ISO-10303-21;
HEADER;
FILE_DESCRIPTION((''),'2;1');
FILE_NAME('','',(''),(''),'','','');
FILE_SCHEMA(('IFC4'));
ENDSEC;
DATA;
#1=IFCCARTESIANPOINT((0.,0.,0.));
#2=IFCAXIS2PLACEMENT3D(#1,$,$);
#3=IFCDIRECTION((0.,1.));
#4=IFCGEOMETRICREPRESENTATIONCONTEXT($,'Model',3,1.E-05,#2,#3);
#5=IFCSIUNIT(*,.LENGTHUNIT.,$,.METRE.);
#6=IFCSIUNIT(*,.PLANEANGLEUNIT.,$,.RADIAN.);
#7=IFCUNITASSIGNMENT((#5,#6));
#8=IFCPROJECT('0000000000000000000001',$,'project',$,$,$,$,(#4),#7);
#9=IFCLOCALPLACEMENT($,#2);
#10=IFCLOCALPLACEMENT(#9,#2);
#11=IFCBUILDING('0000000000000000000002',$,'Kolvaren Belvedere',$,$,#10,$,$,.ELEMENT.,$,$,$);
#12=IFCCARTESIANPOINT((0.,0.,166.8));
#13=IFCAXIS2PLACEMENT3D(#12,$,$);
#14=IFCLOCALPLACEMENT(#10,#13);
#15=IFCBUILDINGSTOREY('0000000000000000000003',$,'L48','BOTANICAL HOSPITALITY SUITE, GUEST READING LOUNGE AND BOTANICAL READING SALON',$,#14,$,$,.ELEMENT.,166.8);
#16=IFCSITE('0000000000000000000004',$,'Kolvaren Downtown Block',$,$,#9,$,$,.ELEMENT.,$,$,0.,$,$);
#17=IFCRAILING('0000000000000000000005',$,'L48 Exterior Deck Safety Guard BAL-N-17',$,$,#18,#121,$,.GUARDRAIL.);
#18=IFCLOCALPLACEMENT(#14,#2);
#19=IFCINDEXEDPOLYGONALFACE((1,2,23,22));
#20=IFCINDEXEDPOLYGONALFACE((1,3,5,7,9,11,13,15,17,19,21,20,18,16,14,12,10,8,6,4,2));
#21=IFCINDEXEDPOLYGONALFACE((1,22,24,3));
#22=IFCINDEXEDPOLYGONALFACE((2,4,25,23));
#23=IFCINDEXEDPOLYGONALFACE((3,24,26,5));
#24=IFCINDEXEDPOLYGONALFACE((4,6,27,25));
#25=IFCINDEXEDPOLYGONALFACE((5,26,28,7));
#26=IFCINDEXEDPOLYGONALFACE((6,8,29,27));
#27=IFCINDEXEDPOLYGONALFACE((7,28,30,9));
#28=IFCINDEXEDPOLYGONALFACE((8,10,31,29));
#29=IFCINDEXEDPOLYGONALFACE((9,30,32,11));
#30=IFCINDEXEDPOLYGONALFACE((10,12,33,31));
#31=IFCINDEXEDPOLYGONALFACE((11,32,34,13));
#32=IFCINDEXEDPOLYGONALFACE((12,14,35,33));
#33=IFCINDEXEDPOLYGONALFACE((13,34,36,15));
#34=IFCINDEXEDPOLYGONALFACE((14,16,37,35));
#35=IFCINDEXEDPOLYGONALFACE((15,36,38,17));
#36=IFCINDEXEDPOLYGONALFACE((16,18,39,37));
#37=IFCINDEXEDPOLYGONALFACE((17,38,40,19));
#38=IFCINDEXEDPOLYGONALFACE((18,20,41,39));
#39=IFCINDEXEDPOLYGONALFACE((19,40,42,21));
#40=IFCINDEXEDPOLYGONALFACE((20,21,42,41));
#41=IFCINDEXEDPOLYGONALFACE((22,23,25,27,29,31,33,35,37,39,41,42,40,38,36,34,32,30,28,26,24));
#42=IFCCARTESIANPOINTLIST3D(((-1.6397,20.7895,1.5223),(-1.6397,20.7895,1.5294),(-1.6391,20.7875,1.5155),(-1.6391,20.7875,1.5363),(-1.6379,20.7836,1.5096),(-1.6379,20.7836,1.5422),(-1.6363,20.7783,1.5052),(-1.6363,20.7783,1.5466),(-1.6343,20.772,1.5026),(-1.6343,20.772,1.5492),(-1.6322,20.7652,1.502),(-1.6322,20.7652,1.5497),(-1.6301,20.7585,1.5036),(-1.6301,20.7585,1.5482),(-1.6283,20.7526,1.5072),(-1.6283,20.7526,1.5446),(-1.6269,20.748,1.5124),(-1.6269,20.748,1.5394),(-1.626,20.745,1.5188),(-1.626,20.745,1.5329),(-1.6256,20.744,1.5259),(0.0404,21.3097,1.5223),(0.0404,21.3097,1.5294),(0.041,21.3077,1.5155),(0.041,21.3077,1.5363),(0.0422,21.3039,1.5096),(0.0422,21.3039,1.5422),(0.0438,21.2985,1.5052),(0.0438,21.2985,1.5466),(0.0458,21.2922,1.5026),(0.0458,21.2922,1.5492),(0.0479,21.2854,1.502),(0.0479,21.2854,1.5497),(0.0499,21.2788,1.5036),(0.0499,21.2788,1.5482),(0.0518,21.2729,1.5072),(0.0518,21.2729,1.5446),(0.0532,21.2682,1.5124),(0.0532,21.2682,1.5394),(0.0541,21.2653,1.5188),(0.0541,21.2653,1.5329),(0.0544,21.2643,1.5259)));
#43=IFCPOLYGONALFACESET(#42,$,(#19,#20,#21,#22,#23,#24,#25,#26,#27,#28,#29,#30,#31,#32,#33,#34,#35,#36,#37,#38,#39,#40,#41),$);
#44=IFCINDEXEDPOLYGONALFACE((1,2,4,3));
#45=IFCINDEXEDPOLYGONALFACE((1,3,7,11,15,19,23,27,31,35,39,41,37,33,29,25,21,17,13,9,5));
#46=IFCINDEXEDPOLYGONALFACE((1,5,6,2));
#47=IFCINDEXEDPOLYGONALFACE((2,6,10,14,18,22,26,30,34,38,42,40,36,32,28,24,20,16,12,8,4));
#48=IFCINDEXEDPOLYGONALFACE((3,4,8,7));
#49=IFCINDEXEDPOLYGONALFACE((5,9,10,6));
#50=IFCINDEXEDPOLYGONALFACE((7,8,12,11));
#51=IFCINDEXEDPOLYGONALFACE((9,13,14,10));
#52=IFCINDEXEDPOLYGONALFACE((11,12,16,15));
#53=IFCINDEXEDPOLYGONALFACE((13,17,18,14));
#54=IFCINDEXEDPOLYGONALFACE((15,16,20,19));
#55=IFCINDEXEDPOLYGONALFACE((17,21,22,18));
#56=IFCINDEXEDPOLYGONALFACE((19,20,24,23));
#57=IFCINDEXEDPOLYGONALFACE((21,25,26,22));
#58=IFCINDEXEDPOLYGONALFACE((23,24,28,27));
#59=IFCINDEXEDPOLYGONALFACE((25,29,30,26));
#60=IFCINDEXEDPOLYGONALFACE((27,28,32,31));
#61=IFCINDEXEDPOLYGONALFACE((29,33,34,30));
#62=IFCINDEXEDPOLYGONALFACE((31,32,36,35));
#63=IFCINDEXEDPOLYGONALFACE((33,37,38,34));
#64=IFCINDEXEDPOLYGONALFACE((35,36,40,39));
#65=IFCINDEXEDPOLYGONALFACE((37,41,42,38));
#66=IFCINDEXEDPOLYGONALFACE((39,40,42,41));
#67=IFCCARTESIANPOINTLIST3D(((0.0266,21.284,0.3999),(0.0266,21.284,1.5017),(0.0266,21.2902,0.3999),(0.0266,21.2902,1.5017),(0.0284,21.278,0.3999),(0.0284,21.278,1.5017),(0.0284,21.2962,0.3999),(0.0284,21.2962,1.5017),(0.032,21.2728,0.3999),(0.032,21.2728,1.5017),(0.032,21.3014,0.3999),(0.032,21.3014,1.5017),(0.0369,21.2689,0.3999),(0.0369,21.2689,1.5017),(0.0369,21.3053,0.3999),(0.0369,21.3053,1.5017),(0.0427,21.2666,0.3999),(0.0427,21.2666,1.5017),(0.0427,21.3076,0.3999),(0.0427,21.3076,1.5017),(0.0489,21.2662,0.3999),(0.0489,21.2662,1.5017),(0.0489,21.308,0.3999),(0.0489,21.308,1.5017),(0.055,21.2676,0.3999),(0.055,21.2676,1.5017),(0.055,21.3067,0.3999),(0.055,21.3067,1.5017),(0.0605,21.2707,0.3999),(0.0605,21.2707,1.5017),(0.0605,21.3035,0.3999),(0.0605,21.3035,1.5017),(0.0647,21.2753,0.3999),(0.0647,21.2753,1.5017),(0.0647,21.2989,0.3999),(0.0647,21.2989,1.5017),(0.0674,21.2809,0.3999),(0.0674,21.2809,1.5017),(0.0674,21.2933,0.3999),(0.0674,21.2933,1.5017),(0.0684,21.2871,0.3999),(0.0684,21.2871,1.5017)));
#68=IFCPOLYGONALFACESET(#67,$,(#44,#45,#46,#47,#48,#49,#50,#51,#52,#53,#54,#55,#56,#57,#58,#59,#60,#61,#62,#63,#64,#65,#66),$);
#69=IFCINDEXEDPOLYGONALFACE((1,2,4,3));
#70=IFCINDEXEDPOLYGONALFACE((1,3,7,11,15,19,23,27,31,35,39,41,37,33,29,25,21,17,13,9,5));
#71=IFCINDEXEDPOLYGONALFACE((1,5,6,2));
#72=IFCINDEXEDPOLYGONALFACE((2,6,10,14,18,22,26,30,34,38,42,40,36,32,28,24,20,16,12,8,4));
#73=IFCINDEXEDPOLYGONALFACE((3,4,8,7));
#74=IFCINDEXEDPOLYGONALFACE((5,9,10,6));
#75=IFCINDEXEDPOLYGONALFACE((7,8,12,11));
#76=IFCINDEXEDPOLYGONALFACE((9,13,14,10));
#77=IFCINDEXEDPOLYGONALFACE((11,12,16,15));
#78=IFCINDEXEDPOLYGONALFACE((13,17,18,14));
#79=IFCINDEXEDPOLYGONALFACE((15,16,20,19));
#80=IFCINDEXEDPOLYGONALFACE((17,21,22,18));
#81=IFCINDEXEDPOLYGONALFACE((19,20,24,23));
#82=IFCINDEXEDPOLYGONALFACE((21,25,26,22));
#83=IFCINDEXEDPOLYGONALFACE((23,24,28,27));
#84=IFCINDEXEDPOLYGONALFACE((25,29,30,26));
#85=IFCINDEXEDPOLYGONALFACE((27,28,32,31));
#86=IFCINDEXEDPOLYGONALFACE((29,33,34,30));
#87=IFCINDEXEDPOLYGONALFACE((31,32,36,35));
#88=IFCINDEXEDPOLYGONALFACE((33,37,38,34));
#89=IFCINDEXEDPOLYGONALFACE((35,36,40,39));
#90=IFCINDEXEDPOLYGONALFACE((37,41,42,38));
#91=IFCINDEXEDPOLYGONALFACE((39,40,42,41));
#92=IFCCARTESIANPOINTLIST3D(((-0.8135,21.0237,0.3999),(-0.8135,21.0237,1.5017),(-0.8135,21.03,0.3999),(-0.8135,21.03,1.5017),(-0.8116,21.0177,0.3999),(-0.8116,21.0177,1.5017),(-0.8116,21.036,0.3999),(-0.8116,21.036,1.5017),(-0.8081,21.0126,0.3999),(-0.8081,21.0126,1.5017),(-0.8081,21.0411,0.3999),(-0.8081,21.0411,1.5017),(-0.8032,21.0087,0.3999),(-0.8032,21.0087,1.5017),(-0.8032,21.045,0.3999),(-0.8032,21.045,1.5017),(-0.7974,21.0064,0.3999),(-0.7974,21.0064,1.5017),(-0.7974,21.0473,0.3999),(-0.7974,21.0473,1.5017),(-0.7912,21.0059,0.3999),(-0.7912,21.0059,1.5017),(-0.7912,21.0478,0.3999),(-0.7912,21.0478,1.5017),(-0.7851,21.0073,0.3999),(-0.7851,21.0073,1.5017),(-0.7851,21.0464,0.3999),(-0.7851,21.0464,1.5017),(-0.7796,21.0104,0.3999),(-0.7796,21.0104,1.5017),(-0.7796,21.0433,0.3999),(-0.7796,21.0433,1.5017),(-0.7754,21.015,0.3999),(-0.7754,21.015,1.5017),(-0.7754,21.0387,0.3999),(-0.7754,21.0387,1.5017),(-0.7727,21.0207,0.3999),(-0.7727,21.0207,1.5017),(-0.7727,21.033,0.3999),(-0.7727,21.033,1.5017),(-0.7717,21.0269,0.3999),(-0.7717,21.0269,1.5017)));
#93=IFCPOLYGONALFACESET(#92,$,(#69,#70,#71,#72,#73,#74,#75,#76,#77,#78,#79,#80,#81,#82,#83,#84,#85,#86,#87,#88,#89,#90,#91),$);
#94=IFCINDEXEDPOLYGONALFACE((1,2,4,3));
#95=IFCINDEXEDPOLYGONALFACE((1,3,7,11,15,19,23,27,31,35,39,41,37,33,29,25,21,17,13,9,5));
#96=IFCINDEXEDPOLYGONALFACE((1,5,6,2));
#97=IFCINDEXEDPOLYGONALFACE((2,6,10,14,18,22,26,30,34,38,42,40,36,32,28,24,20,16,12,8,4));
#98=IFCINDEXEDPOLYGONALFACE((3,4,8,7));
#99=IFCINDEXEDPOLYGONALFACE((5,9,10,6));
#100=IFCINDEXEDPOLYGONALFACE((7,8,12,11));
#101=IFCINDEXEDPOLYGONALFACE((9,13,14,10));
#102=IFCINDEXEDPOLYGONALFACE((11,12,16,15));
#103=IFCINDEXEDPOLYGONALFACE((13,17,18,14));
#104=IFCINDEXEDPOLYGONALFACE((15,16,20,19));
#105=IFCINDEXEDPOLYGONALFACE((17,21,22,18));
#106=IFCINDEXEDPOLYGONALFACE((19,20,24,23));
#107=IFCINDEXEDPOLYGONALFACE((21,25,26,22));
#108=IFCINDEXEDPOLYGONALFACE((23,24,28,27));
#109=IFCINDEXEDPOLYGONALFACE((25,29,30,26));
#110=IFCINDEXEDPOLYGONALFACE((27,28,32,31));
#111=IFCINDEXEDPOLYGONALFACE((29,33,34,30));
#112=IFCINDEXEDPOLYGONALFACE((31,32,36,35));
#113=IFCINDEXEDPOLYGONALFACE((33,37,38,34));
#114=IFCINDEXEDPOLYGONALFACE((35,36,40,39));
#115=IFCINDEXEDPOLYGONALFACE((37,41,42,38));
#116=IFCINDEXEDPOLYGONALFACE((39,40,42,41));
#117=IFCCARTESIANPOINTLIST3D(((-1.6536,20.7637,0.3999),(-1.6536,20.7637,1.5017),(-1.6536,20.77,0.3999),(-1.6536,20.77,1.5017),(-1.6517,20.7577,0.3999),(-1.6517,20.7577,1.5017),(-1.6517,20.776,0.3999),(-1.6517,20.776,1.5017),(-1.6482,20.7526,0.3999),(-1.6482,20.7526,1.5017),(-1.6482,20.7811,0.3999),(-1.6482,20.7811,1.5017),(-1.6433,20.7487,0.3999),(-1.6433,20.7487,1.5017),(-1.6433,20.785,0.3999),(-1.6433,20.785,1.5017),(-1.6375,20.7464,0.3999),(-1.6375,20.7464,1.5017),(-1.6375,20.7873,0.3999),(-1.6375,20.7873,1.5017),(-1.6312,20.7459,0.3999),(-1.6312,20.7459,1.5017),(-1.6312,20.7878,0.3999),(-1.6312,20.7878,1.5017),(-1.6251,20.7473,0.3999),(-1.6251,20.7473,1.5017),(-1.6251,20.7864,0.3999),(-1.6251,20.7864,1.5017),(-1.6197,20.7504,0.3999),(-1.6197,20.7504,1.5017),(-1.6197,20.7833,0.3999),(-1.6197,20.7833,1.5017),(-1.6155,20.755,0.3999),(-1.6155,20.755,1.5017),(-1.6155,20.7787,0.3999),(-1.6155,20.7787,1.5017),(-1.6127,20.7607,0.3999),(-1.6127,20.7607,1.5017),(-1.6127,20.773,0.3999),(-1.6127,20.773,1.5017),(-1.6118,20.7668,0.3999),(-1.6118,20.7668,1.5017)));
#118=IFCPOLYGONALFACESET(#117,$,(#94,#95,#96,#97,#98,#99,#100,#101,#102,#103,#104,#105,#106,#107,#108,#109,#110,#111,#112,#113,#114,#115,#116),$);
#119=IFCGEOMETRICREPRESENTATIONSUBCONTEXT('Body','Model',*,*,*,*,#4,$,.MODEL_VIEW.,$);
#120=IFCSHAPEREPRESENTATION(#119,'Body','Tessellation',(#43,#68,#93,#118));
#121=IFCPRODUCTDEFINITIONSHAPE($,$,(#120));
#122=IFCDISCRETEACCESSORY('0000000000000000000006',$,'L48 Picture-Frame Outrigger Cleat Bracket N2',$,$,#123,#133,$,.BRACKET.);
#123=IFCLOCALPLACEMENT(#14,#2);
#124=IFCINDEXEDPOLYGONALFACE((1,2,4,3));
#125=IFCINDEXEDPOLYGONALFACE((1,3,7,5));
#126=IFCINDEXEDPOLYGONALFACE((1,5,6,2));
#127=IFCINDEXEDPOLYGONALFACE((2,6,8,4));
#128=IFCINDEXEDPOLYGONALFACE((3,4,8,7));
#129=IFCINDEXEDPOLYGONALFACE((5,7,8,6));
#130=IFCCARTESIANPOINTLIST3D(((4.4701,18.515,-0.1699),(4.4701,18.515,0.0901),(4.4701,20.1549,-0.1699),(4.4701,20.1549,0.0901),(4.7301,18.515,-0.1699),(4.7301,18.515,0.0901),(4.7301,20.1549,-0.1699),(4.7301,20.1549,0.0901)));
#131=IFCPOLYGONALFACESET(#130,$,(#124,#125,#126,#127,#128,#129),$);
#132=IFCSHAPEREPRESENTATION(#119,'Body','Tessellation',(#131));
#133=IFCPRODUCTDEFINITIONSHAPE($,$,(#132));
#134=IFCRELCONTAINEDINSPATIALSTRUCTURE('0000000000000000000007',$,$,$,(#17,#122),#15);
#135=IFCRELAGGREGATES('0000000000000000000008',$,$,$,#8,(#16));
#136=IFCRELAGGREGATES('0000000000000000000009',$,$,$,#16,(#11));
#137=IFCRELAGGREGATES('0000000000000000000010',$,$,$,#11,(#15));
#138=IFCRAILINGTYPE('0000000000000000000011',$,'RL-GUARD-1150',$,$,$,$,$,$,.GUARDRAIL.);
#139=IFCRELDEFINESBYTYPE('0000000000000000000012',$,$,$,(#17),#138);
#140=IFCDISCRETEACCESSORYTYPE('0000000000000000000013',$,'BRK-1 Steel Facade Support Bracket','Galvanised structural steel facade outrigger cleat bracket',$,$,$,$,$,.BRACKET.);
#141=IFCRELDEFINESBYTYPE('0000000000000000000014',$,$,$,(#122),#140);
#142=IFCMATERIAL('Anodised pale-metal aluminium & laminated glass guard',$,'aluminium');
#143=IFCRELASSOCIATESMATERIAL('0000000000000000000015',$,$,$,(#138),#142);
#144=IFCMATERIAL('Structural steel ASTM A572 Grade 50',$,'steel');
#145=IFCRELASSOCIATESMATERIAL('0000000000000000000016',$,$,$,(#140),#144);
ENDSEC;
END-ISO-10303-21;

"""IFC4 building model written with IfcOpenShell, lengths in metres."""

from ifc_helpers import new_model, si_unit, direction, frame, origin, origin_2d, place, context, subcontext, project, spatial, rectangle, circle, extrude, material, type_object, element, save


model = new_model("IFC4")

# Units and contexts
model_context = context("Model", 3, precision=1e-05, world=origin(), true_north=direction((0.0, 1.0)))
body_context = subcontext(model_context, "Body", "Model", "MODEL_VIEW")
ifc_project = project(units=[si_unit("LENGTHUNIT", "METRE"), si_unit("PLANEANGLEUNIT", "RADIAN")], contexts=[model_context])

# Site, building, storey
site_placement = place(None, origin())
site = spatial("IfcSite", under=ifc_project, at=site_placement, Name="Kolvaren Downtown Block", CompositionType="ELEMENT", RefElevation=0.0)
building_placement = place(site_placement, origin())
building = spatial("IfcBuilding", under=site, at=building_placement, Name="Kolvaren Belvedere", CompositionType="ELEMENT")
storey_placement = place(building_placement, frame((0.0, 0.0, 166.8)))
storey = spatial("IfcBuildingStorey", under=building, at=storey_placement, Name="L48", Description="BOTANICAL HOSPITALITY SUITE, GUEST READING LOUNGE AND BOTANICAL READING SALON", CompositionType="ELEMENT", Elevation=166.8)

# Railing
ifc_material_1 = material(Name="Anodised pale-metal aluminium & laminated glass guard", Category="aluminium")
railing_type = type_object("IfcRailingType", Name="RL-GUARD-1150", PredefinedType="GUARDRAIL", material=ifc_material_1)
railing_1_placement = place(storey_placement, frame((0.0474, 21.2871, 0.3999)))
element("IfcRailing", 1, at=railing_1_placement, inside=storey, type_object=railing_type, Name="L48 Exterior Deck Safety Guard BAL-N-17", PredefinedType="GUARDRAIL", context=body_context, shape_type="SweptSolid", body=[
    extrude(circle(Radius=0.0239, at=origin_2d()), frame((0.0, 0.0, 1.126), z_axis=(-0.955252, -0.295792, 0.0), x_axis=(0.295792, -0.955252, 0.0)), (0.0, 0.0, 1.0), 1.7588),
    extrude(circle(Radius=0.021, at=origin_2d()), origin(), (0.0, 0.0, 1.0), 1.1018),
    extrude(circle(Radius=0.021, at=origin_2d()), frame((-0.8401, -0.2603, 0.0)), (0.0, 0.0, 1.0), 1.1018),
    extrude(circle(Radius=0.021, at=origin_2d()), frame((-1.6802, -0.5203, 0.0)), (0.0, 0.0, 1.0), 1.1018),
])

# Discrete accessory
ifc_material_2 = material(Name="Structural steel ASTM A572 Grade 50", Category="steel")
discrete_accessory_type = type_object("IfcDiscreteAccessoryType", Name="BRK-1 Steel Facade Support Bracket", Description="Galvanised structural steel facade outrigger cleat bracket", PredefinedType="BRACKET", material=ifc_material_2)
discrete_accessory_placement = place(storey_placement, frame((4.6001, 19.335, -0.1699), z_axis=(0.0, 0.0, 1.0), x_axis=(0.0, 1.0, 0.0)))
element("IfcDiscreteAccessory", 2, at=discrete_accessory_placement, inside=storey, type_object=discrete_accessory_type, Name="L48 Picture-Frame Outrigger Cleat Bracket N2", PredefinedType="BRACKET", context=body_context, shape_type="SweptSolid", body=[
    extrude(rectangle(XDim=1.6399, YDim=0.26, at=origin_2d()), origin(), (0.0, 0.0, 1.0), 0.26),
])

save(model, "model.ifc")
